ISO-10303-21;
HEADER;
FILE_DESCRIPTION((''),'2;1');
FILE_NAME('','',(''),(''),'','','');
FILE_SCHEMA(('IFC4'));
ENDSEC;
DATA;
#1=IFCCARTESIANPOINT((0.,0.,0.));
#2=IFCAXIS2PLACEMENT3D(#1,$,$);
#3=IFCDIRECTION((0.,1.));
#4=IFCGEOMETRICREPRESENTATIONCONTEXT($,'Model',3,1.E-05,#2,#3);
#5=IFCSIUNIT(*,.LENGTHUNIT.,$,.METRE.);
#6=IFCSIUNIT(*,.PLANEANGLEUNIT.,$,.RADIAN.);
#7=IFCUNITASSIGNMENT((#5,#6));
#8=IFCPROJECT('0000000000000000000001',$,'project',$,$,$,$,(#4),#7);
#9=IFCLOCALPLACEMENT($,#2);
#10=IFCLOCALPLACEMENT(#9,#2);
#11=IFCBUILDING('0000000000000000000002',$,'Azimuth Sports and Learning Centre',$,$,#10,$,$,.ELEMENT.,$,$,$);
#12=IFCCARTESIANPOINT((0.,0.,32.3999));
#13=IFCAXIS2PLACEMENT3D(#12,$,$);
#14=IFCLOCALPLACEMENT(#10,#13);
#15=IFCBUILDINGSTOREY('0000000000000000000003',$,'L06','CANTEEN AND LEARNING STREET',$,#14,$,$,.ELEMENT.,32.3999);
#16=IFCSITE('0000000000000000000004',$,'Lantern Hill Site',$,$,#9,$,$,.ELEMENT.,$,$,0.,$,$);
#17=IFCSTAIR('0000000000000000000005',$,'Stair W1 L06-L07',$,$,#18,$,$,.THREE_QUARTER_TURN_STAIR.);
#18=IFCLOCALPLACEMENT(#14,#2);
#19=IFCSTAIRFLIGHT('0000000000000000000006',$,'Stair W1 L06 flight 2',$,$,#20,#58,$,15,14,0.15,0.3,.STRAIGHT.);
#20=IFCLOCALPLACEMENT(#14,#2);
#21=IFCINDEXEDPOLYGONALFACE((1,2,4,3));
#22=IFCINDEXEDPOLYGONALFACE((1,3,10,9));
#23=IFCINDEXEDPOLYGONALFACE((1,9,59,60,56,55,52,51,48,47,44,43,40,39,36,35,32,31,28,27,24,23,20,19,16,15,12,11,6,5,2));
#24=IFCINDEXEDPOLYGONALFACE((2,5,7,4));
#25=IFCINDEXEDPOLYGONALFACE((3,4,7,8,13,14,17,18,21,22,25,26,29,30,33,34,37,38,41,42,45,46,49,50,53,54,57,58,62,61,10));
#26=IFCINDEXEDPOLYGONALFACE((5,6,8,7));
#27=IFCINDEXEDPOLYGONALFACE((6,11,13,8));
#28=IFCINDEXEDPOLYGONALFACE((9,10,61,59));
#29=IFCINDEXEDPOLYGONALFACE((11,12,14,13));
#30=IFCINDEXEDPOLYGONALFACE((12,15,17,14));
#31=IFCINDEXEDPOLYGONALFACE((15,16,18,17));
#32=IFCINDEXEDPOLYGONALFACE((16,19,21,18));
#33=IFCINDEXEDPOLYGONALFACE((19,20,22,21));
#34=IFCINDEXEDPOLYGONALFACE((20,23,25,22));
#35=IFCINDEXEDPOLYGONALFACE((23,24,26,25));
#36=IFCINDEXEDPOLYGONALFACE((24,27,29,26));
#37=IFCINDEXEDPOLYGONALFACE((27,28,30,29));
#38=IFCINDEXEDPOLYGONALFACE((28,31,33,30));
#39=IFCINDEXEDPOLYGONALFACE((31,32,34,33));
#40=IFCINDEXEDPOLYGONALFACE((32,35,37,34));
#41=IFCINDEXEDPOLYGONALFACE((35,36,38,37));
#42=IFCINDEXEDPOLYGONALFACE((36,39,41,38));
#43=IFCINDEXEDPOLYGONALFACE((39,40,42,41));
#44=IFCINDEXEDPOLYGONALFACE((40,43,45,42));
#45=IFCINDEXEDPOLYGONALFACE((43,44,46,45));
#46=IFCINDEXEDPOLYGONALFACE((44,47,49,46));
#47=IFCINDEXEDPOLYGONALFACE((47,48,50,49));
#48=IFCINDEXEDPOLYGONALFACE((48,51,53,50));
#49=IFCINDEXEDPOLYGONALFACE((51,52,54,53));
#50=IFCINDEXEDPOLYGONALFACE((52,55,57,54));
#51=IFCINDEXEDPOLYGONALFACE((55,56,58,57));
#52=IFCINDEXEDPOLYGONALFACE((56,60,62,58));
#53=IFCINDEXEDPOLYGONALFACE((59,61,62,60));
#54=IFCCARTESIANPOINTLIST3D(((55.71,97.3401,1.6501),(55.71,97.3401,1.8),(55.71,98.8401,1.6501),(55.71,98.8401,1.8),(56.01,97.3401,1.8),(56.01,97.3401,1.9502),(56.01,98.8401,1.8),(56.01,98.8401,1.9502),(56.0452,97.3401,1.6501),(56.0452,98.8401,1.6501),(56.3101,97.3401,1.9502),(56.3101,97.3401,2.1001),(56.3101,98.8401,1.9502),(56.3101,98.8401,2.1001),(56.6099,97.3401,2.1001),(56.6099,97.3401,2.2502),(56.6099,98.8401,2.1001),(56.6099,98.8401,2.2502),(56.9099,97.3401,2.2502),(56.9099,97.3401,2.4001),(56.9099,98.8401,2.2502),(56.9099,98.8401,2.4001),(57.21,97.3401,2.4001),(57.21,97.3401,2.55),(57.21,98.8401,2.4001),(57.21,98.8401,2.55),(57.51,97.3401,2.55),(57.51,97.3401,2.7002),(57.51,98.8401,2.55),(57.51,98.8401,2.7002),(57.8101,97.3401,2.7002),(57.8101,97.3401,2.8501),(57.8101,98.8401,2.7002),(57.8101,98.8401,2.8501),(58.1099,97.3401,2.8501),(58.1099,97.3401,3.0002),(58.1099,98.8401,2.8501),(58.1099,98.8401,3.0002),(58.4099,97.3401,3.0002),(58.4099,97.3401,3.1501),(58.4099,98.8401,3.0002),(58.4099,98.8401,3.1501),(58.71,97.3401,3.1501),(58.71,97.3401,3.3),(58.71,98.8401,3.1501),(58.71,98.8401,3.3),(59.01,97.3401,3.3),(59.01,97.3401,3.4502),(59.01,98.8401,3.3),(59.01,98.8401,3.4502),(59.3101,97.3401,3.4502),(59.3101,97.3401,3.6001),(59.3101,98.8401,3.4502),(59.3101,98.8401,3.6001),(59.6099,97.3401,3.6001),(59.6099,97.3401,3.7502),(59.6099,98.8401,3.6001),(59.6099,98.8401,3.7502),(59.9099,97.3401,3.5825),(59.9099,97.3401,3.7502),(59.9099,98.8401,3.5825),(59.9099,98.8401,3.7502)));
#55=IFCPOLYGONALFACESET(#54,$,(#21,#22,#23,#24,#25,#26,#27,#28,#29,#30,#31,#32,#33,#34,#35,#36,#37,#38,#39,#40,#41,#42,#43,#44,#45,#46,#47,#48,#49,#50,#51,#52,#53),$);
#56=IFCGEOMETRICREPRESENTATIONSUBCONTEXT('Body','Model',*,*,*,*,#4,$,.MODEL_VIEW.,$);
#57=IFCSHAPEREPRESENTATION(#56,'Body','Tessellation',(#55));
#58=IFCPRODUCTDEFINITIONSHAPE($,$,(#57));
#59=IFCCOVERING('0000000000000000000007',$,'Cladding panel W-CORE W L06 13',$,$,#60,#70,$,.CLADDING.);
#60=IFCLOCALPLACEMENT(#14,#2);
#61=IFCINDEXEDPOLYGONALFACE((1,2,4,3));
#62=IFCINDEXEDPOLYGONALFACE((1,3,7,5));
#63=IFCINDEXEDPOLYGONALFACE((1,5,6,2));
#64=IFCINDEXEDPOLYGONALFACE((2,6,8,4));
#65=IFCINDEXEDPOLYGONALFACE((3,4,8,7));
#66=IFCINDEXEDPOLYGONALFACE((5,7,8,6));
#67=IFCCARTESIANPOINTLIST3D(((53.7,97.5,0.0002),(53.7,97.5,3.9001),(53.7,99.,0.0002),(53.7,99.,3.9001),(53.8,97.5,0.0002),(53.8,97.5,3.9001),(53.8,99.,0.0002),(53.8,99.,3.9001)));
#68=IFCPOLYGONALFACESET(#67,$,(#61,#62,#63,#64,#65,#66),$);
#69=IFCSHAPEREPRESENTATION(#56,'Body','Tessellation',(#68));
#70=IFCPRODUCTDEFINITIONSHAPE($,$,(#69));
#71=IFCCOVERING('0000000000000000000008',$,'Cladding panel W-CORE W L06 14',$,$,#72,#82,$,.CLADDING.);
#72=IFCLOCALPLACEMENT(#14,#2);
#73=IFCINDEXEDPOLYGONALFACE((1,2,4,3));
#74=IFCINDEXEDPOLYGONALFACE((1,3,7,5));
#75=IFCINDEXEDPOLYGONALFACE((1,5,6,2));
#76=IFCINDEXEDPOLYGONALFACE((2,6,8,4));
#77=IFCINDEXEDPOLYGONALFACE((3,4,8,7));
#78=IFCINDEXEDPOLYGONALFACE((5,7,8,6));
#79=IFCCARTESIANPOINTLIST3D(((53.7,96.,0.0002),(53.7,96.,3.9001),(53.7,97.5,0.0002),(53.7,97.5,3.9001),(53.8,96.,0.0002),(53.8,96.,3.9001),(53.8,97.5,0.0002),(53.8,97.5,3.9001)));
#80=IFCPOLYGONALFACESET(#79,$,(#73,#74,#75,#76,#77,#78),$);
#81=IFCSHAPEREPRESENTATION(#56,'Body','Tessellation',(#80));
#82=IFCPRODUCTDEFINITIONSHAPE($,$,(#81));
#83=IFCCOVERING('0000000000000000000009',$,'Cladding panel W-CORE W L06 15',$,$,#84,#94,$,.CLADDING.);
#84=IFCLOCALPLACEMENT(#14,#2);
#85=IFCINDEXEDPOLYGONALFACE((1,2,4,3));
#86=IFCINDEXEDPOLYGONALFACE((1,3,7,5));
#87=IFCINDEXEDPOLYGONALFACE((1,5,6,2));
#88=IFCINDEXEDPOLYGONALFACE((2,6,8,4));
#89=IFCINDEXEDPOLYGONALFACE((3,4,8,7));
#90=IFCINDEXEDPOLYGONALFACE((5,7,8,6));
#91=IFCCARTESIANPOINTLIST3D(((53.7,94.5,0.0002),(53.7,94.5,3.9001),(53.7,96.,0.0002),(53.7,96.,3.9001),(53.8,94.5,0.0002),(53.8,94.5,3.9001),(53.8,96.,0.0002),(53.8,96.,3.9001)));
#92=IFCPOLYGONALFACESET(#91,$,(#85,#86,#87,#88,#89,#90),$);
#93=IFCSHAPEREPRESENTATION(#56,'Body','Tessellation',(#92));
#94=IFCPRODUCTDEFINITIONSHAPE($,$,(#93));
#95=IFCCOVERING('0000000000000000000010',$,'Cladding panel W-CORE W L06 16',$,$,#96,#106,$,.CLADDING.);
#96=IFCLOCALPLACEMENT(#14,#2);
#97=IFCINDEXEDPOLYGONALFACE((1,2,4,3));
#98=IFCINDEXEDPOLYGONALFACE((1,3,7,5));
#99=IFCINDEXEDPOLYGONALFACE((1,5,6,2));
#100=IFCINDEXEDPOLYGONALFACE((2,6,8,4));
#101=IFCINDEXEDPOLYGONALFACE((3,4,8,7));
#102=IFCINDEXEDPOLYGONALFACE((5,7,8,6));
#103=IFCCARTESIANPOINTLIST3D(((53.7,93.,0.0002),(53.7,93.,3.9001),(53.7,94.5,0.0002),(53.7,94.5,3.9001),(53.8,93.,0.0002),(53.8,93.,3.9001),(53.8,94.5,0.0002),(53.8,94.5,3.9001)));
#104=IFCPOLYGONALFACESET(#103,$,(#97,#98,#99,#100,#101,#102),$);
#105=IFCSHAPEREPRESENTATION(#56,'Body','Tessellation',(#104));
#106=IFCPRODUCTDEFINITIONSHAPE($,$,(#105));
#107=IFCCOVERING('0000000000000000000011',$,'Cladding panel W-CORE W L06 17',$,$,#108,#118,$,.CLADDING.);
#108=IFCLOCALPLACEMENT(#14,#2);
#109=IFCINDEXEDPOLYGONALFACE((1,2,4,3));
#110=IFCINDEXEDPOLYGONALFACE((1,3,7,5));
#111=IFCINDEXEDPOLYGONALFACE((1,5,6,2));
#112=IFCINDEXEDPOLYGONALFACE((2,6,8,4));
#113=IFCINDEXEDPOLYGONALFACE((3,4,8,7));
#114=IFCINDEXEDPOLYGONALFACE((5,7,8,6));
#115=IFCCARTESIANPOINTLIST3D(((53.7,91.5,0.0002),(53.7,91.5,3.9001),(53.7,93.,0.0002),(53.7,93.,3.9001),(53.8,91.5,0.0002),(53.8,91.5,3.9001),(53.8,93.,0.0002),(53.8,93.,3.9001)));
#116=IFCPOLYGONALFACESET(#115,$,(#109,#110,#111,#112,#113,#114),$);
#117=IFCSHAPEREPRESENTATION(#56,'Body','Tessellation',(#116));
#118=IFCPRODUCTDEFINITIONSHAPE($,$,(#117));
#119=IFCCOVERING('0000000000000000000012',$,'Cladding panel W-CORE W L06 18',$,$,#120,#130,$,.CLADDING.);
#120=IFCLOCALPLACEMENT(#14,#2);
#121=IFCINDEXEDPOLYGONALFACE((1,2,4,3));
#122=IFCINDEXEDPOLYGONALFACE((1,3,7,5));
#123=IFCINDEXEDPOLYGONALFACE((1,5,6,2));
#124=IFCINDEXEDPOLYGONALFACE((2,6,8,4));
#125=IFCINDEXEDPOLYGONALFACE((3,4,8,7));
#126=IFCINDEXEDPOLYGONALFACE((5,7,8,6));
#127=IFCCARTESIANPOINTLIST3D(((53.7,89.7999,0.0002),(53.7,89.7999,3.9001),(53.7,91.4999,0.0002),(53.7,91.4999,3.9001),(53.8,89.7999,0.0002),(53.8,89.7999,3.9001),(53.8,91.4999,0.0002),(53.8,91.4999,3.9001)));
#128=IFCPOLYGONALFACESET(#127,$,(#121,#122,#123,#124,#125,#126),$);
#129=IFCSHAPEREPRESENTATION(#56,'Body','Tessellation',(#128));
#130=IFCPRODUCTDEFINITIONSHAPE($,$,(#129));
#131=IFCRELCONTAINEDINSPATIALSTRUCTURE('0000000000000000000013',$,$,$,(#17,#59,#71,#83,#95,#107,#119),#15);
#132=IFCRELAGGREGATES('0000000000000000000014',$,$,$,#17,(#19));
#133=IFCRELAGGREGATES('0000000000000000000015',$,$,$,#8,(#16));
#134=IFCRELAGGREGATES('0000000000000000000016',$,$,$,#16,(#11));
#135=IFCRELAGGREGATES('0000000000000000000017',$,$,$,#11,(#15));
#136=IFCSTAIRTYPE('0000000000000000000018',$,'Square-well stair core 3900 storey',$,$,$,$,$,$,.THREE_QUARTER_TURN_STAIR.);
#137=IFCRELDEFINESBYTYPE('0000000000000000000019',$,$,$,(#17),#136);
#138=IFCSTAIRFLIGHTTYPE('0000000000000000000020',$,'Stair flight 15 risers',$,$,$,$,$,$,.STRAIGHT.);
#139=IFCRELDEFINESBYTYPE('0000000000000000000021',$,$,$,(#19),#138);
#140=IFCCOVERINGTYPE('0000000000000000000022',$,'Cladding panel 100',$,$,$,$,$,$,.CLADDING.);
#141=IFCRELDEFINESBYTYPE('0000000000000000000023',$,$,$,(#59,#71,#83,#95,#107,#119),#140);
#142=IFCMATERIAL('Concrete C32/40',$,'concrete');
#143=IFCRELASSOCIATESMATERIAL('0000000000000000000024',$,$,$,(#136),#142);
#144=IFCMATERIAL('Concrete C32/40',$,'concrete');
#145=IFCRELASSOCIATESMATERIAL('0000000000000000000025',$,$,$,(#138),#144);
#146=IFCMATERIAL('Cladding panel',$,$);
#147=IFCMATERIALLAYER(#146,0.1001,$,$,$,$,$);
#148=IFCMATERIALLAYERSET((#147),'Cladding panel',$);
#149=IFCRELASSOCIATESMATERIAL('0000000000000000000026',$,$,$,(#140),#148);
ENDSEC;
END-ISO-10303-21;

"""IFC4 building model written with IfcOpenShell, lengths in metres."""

from ifc_helpers import new_model, si_unit, direction, frame, origin, origin_2d, place, context, subcontext, project, spatial, polyline, rectangle, outline, extrude, material, layer, layer_set, type_object, element, aggregate, save


model = new_model("IFC4")

# Units and contexts
model_context = context("Model", 3, precision=1e-05, world=origin(), true_north=direction((0.0, 1.0)))
body_context = subcontext(model_context, "Body", "Model", "MODEL_VIEW")
ifc_project = project(units=[si_unit("LENGTHUNIT", "METRE"), si_unit("PLANEANGLEUNIT", "RADIAN")], contexts=[model_context])

# Site, building, storey
site_placement = place(None, origin())
site = spatial("IfcSite", under=ifc_project, at=site_placement, Name="Lantern Hill Site", CompositionType="ELEMENT", RefElevation=0.0)
building_placement = place(site_placement, origin())
building = spatial("IfcBuilding", under=site, at=building_placement, Name="Azimuth Sports and Learning Centre", CompositionType="ELEMENT")
storey_placement = place(building_placement, frame((0.0, 0.0, 32.3999)))
storey = spatial("IfcBuildingStorey", under=building, at=storey_placement, Name="L06", Description="CANTEEN AND LEARNING STREET", CompositionType="ELEMENT", Elevation=32.3999)

# Stair, stair flight
ifc_material_1 = material(Name="Concrete C32/40", Category="concrete")
stair_type = type_object("IfcStairType", Name="Square-well stair core 3900 storey", PredefinedType="THREE_QUARTER_TURN_STAIR", material=ifc_material_1)
stair_placement = place(storey_placement, origin())
stair = element("IfcStair", 1, at=stair_placement, inside=storey, type_object=stair_type, Name="Stair W1 L06-L07", PredefinedType="THREE_QUARTER_TURN_STAIR")
ifc_material_2 = material(Name="Concrete C32/40", Category="concrete")
stair_flight_type_1 = type_object("IfcStairFlightType", Name="Stair flight 15 risers", PredefinedType="STRAIGHT", material=ifc_material_2)
stair_flight_1_placement = place(storey_placement, frame((55.71, 98.0901, 1.6501), z_axis=(0.0, 0.0, 1.0), x_axis=(1.0, 0.0, 0.0)))
stair_flight_1 = element("IfcStairFlight", 2, at=stair_flight_1_placement, type_object=stair_flight_type_1, Name="Stair W1 L06 flight 2", NumberOfRisers=15, NumberOfTreads=14, PredefinedType="STRAIGHT", RiserHeight=0.15, TreadLength=0.3, context=body_context, shape_type="SweptSolid", body=[
    extrude(outline(polyline([(0.0, 0.0), (0.0, 0.1499), (0.3, 0.1499), (0.3, 0.3), (0.6001, 0.3), (0.6001, 0.45), (0.8999, 0.45), (0.8999, 0.6001), (1.2, 0.6001), (1.2, 0.75), (1.5, 0.75), (1.5, 0.8999), (1.8, 0.8999), (1.8, 1.05), (2.1001, 1.05), (2.1001, 1.2), (2.3999, 1.2), (2.3999, 1.3501), (2.7, 1.3501), (2.7, 1.5), (3.0, 1.5), (3.0, 1.6499), (3.3, 1.6499), (3.3, 1.8), (3.6001, 1.8), (3.6001, 1.95), (3.8999, 1.95), (3.8999, 2.1001), (4.2, 2.1001), (4.2, 2.25), (4.2, 1.9324), (0.3352, 0.0), (0.0, 0.0)])), frame((0.0, 0.75, 0.0), z_axis=(0.0, -1.0, 0.0), x_axis=(1.0, 0.0, 0.0)), (0.0, 0.0, 1.0), 1.5),
])
aggregate(stair, [stair_flight_1])

# Coverings
ifc_material_3 = material(Name="Cladding panel")
ifc_layer_1 = layer(ifc_material_3, 0.1001)
ifc_layer_set_1 = layer_set([ifc_layer_1], Name="Cladding panel")
covering_type = type_object("IfcCoveringType", Name="Cladding panel 100", PredefinedType="CLADDING", material=ifc_layer_set_1)
for number, where, z_axis, x_axis, name in (
    (3, (53.75, 98.25, 0.0002), (0.0, 0.0, 1.0), (0.0, -1.0, 0.0), "Cladding panel W-CORE W L06 13"),
    (4, (53.75, 96.75, 0.0002), (0.0, 0.0, 1.0), (0.0, -1.0, 0.0), "Cladding panel W-CORE W L06 14"),
    (5, (53.75, 95.25, 0.0002), (0.0, 0.0, 1.0), (0.0, -1.0, 0.0), "Cladding panel W-CORE W L06 15"),
    (6, (53.75, 93.75, 0.0002), (0.0, 0.0, 1.0), (0.0, -1.0, 0.0), "Cladding panel W-CORE W L06 16"),
    (7, (53.75, 92.25, 0.0002), (0.0, 0.0, 1.0), (0.0, -1.0, 0.0), "Cladding panel W-CORE W L06 17"),
):
    element("IfcCovering", number, at=place(storey_placement, frame(where, z_axis=z_axis, x_axis=x_axis)), inside=storey, type_object=covering_type, Name=name, PredefinedType="CLADDING", context=body_context, shape_type="SweptSolid", body=[
        extrude(rectangle(XDim=1.5, YDim=0.1001, at=origin_2d()), origin(), (0.0, 0.0, 1.0), 3.8999),
    ])
covering_placement = place(storey_placement, frame((53.75, 90.6499, 0.0002), z_axis=(0.0, 0.0, 1.0), x_axis=(0.0, -1.0, 0.0)))
element("IfcCovering", 8, at=covering_placement, inside=storey, type_object=covering_type, Name="Cladding panel W-CORE W L06 18", PredefinedType="CLADDING", context=body_context, shape_type="SweptSolid", body=[
    extrude(rectangle(XDim=1.7, YDim=0.1001, at=origin_2d()), origin(), (0.0, 0.0, 1.0), 3.8999),
])

save(model, "model.ifc")
